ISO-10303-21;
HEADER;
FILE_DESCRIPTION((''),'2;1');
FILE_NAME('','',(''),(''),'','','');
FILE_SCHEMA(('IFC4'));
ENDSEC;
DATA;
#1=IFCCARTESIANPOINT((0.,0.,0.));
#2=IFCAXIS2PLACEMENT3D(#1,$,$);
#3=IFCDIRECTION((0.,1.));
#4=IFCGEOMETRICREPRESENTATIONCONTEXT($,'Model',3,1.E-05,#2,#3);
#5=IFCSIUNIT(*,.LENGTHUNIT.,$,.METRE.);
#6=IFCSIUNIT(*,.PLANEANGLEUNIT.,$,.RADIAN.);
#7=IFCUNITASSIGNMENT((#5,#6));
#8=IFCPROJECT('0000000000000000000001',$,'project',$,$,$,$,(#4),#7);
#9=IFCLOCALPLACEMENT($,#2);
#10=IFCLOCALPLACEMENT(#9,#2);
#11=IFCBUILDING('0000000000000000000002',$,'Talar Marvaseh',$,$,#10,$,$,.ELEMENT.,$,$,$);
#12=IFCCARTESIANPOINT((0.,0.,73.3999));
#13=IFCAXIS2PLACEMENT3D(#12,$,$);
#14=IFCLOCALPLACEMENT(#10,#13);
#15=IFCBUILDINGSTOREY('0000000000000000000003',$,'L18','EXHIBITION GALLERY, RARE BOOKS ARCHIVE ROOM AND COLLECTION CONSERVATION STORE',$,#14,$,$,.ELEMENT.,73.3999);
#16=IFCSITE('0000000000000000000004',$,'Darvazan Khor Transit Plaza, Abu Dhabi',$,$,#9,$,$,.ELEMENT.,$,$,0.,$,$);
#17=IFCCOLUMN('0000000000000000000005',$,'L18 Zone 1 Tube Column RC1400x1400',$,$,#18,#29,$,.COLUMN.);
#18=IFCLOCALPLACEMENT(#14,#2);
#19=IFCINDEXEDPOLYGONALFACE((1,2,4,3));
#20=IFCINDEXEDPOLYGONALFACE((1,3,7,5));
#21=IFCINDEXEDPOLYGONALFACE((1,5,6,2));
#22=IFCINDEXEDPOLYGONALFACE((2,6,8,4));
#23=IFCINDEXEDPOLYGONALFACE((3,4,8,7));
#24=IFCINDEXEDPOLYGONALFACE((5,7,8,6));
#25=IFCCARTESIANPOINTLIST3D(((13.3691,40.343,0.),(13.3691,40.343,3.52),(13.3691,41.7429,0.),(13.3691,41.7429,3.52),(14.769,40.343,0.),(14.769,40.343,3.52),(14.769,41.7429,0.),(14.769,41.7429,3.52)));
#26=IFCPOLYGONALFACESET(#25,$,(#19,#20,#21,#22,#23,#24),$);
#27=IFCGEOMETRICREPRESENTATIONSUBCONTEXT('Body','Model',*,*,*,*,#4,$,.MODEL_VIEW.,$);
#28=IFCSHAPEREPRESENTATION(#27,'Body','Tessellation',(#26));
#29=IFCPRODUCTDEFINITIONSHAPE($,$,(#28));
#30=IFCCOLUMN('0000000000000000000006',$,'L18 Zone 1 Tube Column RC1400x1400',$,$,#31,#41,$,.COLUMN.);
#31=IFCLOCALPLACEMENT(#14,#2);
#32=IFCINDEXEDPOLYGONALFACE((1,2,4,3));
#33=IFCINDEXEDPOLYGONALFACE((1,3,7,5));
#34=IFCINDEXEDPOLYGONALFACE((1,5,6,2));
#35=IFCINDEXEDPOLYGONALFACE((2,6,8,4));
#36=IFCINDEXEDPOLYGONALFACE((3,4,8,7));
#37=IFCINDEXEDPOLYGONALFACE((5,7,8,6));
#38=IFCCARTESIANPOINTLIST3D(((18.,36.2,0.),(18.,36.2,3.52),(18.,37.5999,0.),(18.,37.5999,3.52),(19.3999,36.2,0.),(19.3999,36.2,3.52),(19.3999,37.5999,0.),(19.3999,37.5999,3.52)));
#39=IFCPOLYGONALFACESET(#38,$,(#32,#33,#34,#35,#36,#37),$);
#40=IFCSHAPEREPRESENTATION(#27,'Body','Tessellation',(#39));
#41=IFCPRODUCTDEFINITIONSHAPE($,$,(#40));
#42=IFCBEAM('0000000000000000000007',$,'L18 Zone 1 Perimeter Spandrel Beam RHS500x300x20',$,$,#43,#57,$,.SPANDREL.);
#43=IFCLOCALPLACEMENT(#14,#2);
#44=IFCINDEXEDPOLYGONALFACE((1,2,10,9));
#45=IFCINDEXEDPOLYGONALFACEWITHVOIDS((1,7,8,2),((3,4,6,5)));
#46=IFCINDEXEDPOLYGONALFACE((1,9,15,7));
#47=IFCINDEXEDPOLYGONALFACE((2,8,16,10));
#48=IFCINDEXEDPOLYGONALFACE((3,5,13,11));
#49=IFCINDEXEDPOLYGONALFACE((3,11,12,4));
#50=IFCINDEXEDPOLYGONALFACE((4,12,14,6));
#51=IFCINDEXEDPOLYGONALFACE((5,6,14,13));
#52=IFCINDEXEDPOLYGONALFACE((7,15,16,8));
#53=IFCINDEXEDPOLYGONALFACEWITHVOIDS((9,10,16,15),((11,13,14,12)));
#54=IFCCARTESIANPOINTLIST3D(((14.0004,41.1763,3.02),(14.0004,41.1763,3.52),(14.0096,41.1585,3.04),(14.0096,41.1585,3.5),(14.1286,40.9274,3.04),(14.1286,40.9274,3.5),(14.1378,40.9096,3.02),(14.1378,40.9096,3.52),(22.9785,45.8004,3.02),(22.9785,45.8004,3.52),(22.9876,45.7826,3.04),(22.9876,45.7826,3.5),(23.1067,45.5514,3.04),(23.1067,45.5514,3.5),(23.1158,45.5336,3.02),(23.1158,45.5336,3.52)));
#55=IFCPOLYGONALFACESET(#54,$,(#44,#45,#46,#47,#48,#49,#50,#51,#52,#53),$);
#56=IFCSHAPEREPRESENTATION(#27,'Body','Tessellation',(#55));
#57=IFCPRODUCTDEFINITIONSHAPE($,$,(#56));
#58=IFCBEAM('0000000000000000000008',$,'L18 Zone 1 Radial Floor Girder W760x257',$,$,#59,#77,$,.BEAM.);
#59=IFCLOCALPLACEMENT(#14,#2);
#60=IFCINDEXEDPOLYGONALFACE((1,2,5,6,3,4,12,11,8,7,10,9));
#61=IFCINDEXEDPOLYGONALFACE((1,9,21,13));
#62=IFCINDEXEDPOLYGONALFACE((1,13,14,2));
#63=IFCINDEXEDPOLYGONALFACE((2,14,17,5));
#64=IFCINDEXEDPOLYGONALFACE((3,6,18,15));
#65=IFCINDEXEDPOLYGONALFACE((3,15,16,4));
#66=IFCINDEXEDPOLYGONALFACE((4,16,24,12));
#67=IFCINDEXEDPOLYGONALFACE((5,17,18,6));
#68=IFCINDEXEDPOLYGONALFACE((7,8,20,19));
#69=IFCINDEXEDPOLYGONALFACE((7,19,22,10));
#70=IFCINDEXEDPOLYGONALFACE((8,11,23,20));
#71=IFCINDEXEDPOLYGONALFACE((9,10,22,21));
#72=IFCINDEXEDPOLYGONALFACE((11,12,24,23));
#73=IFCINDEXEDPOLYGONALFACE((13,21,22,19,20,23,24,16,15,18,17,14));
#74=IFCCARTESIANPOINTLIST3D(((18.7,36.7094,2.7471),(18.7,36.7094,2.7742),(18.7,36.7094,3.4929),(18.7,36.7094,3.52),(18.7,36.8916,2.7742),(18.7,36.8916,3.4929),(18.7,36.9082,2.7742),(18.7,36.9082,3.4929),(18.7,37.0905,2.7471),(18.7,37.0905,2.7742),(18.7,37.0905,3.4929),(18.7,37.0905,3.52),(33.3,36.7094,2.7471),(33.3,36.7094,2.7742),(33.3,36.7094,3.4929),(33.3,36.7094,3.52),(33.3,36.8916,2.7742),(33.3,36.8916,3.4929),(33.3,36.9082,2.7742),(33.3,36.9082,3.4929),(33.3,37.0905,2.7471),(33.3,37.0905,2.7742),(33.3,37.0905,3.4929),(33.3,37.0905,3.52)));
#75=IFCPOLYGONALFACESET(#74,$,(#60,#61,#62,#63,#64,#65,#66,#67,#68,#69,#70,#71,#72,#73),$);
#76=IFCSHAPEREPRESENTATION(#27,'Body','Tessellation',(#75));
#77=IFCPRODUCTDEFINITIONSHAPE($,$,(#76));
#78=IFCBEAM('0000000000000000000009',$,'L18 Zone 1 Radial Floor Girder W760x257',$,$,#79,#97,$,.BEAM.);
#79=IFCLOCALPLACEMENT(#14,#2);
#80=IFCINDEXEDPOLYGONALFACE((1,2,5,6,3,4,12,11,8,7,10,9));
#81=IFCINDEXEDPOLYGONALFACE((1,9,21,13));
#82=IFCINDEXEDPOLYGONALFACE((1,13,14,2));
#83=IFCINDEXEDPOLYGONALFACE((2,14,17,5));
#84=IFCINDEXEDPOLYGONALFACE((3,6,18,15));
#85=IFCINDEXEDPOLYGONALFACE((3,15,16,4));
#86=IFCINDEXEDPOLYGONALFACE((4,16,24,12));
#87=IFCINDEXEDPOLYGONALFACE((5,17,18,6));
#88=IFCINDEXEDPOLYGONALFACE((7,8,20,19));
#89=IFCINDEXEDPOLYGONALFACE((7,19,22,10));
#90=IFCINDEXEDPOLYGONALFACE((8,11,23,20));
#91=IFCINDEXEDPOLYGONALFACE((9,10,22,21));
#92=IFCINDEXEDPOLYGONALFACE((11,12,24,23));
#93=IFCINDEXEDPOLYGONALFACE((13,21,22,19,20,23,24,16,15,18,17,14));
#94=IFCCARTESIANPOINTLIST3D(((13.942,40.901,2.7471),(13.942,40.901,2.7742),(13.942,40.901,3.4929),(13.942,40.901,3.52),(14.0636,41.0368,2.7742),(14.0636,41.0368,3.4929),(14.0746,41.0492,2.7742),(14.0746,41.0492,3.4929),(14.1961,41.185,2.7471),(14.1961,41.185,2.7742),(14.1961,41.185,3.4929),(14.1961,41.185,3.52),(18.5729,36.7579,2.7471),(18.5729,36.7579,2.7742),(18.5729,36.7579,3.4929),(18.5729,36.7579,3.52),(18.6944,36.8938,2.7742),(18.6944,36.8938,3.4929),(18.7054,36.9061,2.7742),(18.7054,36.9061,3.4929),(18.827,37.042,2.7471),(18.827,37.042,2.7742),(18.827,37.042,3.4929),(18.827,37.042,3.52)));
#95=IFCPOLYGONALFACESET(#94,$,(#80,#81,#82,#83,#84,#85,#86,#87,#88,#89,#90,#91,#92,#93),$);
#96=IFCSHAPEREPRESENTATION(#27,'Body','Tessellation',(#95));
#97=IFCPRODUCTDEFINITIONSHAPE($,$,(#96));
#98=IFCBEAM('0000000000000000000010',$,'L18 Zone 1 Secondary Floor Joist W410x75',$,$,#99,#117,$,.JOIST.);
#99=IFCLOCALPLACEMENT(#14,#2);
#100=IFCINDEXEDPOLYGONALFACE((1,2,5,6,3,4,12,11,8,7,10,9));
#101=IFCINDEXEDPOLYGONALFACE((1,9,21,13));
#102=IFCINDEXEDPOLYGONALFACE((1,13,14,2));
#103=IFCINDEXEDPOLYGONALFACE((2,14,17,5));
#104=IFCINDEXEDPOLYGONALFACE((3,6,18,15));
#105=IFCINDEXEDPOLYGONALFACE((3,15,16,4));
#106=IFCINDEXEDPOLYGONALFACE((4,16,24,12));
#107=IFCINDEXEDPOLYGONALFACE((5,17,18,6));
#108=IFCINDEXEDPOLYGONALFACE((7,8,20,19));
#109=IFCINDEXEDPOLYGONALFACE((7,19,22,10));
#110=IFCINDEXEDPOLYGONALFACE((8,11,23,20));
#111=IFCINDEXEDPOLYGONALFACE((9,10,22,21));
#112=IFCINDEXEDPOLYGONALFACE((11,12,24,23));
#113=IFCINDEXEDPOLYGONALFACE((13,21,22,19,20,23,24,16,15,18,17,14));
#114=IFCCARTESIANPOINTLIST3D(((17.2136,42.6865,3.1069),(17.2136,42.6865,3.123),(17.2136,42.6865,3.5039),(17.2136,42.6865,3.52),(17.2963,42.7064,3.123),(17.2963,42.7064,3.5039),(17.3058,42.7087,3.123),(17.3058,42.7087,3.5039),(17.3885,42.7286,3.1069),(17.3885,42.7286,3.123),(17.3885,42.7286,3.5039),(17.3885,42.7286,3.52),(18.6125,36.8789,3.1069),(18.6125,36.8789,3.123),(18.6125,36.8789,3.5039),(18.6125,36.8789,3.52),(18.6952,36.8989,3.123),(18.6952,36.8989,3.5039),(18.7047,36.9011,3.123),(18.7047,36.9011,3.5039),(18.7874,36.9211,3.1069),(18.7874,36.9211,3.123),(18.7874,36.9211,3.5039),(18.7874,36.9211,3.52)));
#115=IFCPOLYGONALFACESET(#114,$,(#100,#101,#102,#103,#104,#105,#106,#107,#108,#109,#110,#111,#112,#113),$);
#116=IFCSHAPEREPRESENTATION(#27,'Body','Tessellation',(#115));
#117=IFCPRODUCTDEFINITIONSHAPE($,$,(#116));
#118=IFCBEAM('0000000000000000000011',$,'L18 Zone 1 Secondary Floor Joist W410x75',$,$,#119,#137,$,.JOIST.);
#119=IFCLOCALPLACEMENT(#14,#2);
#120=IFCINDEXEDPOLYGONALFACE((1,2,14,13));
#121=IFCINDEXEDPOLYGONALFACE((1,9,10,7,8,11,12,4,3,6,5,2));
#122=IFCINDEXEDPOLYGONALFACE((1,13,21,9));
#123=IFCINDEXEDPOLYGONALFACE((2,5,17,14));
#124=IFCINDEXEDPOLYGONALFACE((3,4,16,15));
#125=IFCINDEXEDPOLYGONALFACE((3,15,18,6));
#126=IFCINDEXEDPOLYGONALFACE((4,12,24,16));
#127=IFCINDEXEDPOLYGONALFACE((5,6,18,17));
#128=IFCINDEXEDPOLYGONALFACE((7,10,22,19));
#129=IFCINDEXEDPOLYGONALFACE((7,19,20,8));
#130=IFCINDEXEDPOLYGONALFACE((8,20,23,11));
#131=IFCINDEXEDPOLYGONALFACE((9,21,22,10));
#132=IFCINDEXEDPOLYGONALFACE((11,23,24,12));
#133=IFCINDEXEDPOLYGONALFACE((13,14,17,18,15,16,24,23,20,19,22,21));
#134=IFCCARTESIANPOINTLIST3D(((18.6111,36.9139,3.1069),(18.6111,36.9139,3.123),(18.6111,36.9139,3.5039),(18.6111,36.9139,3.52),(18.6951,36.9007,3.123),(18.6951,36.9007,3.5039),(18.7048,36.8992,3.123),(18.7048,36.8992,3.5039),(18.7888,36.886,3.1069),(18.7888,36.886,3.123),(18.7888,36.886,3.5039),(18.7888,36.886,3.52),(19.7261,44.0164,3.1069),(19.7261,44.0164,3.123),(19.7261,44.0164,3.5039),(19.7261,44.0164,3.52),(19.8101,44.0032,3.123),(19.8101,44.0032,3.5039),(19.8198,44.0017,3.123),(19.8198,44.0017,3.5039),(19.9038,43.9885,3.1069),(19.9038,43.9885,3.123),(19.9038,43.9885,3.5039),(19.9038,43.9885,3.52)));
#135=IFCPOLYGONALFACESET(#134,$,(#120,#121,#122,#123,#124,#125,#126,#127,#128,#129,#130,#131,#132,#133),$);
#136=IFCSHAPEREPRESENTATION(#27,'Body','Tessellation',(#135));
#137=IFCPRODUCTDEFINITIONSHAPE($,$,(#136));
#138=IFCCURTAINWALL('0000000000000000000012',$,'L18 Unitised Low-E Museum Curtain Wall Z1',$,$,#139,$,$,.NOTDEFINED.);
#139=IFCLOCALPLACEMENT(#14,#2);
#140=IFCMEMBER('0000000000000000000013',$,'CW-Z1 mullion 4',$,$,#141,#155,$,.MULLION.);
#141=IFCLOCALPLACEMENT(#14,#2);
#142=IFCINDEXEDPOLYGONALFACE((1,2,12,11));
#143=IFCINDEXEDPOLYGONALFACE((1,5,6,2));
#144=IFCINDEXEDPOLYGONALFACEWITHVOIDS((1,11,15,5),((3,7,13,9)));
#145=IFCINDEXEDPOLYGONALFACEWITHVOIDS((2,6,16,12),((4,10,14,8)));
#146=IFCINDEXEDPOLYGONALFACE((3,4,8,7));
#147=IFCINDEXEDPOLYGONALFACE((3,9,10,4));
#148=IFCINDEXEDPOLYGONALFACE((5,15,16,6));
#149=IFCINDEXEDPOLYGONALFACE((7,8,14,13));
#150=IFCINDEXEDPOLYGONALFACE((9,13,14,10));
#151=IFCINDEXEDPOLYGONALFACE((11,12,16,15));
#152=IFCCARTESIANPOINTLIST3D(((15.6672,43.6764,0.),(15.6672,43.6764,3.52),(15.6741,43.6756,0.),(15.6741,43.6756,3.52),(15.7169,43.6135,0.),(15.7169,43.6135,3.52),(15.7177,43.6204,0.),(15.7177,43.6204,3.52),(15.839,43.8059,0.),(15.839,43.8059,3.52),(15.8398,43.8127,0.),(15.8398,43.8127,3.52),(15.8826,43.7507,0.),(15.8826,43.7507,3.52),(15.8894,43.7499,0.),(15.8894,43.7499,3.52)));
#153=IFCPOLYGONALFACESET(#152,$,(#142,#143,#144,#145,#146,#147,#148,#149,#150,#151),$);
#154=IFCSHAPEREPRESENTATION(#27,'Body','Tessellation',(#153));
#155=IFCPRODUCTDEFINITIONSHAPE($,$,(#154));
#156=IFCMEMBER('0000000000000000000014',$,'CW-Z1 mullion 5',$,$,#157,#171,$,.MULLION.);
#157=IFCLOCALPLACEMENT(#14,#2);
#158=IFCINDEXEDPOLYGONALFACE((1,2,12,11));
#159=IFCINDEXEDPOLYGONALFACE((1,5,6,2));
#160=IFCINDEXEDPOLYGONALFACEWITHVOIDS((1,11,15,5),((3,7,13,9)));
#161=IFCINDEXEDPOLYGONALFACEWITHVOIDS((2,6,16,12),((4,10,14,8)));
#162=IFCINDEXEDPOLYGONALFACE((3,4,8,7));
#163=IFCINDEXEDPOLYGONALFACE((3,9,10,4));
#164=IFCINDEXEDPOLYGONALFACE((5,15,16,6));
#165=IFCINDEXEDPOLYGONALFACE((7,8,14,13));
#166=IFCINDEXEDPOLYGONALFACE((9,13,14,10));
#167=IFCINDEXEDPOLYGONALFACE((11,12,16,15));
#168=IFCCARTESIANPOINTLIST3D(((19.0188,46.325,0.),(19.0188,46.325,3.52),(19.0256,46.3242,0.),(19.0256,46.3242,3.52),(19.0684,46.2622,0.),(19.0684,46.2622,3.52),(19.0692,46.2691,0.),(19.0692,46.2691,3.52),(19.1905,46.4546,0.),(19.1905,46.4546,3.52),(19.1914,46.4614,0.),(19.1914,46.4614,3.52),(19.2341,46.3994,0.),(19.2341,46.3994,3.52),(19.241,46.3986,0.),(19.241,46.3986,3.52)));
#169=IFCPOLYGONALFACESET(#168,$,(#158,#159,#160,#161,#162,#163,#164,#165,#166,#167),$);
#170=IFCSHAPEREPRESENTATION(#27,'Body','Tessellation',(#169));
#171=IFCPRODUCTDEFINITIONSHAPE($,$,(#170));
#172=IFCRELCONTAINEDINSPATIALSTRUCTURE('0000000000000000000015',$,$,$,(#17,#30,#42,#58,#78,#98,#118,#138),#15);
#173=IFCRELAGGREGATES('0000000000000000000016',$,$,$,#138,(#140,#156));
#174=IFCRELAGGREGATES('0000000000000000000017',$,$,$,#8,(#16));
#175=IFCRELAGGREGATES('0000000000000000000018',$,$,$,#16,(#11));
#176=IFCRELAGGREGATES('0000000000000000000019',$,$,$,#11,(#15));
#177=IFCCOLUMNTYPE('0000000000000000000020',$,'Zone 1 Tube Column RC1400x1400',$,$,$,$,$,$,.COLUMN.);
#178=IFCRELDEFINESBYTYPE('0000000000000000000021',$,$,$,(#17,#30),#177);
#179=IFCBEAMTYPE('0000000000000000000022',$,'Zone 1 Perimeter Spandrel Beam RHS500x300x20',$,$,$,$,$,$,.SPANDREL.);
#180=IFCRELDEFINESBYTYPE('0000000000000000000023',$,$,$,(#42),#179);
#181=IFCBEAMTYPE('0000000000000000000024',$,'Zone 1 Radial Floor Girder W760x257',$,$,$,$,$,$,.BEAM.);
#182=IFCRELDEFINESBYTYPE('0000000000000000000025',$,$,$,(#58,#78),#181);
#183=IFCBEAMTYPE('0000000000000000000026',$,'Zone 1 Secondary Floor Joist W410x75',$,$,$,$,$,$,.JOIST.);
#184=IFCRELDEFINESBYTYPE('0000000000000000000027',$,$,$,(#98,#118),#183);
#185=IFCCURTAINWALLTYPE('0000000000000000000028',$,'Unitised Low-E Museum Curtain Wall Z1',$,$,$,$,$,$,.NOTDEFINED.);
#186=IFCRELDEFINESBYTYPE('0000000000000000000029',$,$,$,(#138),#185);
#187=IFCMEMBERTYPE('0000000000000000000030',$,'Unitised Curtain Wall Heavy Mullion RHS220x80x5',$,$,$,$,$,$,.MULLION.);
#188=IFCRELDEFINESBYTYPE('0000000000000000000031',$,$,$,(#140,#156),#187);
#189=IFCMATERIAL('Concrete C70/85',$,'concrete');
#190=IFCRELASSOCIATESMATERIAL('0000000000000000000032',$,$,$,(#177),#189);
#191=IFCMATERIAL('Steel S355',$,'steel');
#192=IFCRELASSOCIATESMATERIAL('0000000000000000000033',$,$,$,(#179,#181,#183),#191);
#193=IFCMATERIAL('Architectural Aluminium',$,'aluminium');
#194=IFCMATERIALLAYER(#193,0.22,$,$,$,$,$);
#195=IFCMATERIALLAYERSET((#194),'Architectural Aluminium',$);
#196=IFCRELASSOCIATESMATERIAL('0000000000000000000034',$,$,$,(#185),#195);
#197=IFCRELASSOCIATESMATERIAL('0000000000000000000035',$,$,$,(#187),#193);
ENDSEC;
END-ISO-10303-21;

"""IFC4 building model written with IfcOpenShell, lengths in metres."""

from ifc_helpers import new_model, si_unit, direction, frame, origin, origin_2d, place, context, subcontext, project, spatial, rectangle, hollow_rectangle, i_section, extrude, source, transform, mapped, material, layer, layer_set, material_profile, profile_set, type_object, type_shapes, element, aggregate, save


model = new_model("IFC4")

# Units and contexts
model_context = context("Model", 3, precision=1e-05, world=origin(), true_north=direction((0.0, 1.0)))
body_context = subcontext(model_context, "Body", "Model", "MODEL_VIEW")
ifc_project = project(units=[si_unit("LENGTHUNIT", "METRE"), si_unit("PLANEANGLEUNIT", "RADIAN")], contexts=[model_context])

# Site, building, storey
site_placement = place(None, origin())
site = spatial("IfcSite", under=ifc_project, at=site_placement, Name="Darvazan Khor Transit Plaza, Abu Dhabi", CompositionType="ELEMENT", RefElevation=0.0)
building_placement = place(site_placement, origin())
building = spatial("IfcBuilding", under=site, at=building_placement, Name="Talar Marvaseh", CompositionType="ELEMENT")
storey_placement = place(building_placement, frame((0.0, 0.0, 73.3999)))
storey = spatial("IfcBuildingStorey", under=building, at=storey_placement, Name="L18", Description="EXHIBITION GALLERY, RARE BOOKS ARCHIVE ROOM AND COLLECTION CONSERVATION STORE", CompositionType="ELEMENT", Elevation=73.3999)

# Columns
ifc_material_1 = material(Name="Concrete C70/85", Category="concrete")
ifc_material_profile_1 = material_profile(ifc_material_1, rectangle(XDim=1.3999, YDim=1.3999, at=origin_2d()), Name="RC1400x1400")
ifc_profile_set_1 = profile_set([ifc_material_profile_1], Name="Concrete C70/85")
column_type = type_object("IfcColumnType", Name="Zone 1 Tube Column RC1400x1400", PredefinedType="COLUMN", material=ifc_profile_set_1)
for number, where, z_axis, x_axis, name in (
    (1, (14.0691, 41.043, 0.0), (0.0, 0.0, 1.0), (1.0, 0.0, 0.0), "L18 Zone 1 Tube Column RC1400x1400"),
    (2, (18.7, 36.8999, 0.0), (0.0, 0.0, 1.0), (1.0, 0.0, 0.0), "L18 Zone 1 Tube Column RC1400x1400"),
):
    element("IfcColumn", number, at=place(storey_placement, frame(where, z_axis=z_axis, x_axis=x_axis)), inside=storey, type_object=column_type, Name=name, PredefinedType="COLUMN", context=body_context, shape_type="SweptSolid", body=[
        extrude(rectangle(XDim=1.3999, YDim=1.3999, at=origin_2d()), origin(), (0.0, 0.0, 1.0), 3.52),
    ])

# Beams
ifc_material_2 = material(Name="Steel S355", Category="steel")
ifc_material_profile_2 = material_profile(ifc_material_2, hollow_rectangle(XDim=0.3, YDim=0.5, WallThickness=0.02, at=origin_2d()), Name="RHS500x300x20")
ifc_profile_set_2 = profile_set([ifc_material_profile_2], Name="Steel S355")
beam_type_1 = type_object("IfcBeamType", Name="Zone 1 Perimeter Spandrel Beam RHS500x300x20", PredefinedType="SPANDREL", material=ifc_profile_set_2)
beam_1_placement = place(storey_placement, frame((14.0691, 41.043, 3.27), z_axis=(0.889016, 0.457877, 0.0), x_axis=(-0.457877, 0.889016, 0.0)))
element("IfcBeam", 3, at=beam_1_placement, inside=storey, type_object=beam_type_1, Name="L18 Zone 1 Perimeter Spandrel Beam RHS500x300x20", PredefinedType="SPANDREL", context=body_context, shape_type="SweptSolid", body=[
    extrude(hollow_rectangle(XDim=0.3, YDim=0.5, WallThickness=0.02, at=origin_2d()), origin(), (0.0, 0.0, 1.0), 10.0989),
])
ifc_material_profile_3 = material_profile(ifc_material_2, i_section(OverallWidth=0.3811, OverallDepth=0.7729, WebThickness=0.0166, FlangeThickness=0.0271, at=origin_2d()), Name="W760x257")
ifc_profile_set_3 = profile_set([ifc_material_profile_3], Name="Steel S355")
beam_type_2 = type_object("IfcBeamType", Name="Zone 1 Radial Floor Girder W760x257", PredefinedType="BEAM", material=ifc_profile_set_3)
beam_2_placement = place(storey_placement, frame((18.7, 36.8999, 3.1335), z_axis=(1.0, 0.0, 0.0), x_axis=(0.0, 1.0, 0.0)))
element("IfcBeam", 4, at=beam_2_placement, inside=storey, type_object=beam_type_2, Name="L18 Zone 1 Radial Floor Girder W760x257", PredefinedType="BEAM", context=body_context, shape_type="SweptSolid", body=[
    extrude(i_section(OverallWidth=0.3811, OverallDepth=0.7729, WebThickness=0.0166, FlangeThickness=0.0271, at=origin_2d()), origin(), (0.0, 0.0, 1.0), 14.6001),
])
beam_3_placement = place(storey_placement, frame((14.0691, 41.043, 3.1335), z_axis=(0.745268, -0.666765, 0.0), x_axis=(0.666765, 0.745268, 0.0)))
element("IfcBeam", 5, at=beam_3_placement, inside=storey, type_object=beam_type_2, Name="L18 Zone 1 Radial Floor Girder W760x257", PredefinedType="BEAM", context=body_context, shape_type="SweptSolid", body=[
    extrude(i_section(OverallWidth=0.3811, OverallDepth=0.7729, WebThickness=0.0166, FlangeThickness=0.0271, at=origin_2d()), origin(), (0.0, 0.0, 1.0), 6.2136),
])
ifc_material_profile_4 = material_profile(ifc_material_2, i_section(OverallWidth=0.1799, OverallDepth=0.4131, WebThickness=0.0098, FlangeThickness=0.0161, at=origin_2d()), Name="W410x75")
ifc_profile_set_4 = profile_set([ifc_material_profile_4], Name="Steel S355")
beam_type_3 = type_object("IfcBeamType", Name="Zone 1 Secondary Floor Joist W410x75", PredefinedType="JOIST", material=ifc_profile_set_4)
beam_4_placement = place(storey_placement, frame((17.301, 42.7075, 3.3135), z_axis=(0.23418, -0.972193, 0.0), x_axis=(0.972193, 0.23418, 0.0)))
element("IfcBeam", 6, at=beam_4_placement, inside=storey, type_object=beam_type_3, Name="L18 Zone 1 Secondary Floor Joist W410x75", PredefinedType="JOIST", context=body_context, shape_type="SweptSolid", body=[
    extrude(i_section(OverallWidth=0.1799, OverallDepth=0.4131, WebThickness=0.0098, FlangeThickness=0.0161, at=origin_2d()), origin(), (0.0, 0.0, 1.0), 5.9736),
])
beam_5_placement = place(storey_placement, frame((19.8149, 44.0024, 3.3135), z_axis=(-0.155085, -0.987901, 0.0), x_axis=(0.987901, -0.155085, 0.0)))
element("IfcBeam", 7, at=beam_5_placement, inside=storey, type_object=beam_type_3, Name="L18 Zone 1 Secondary Floor Joist W410x75", PredefinedType="JOIST", context=body_context, shape_type="SweptSolid", body=[
    extrude(i_section(OverallWidth=0.1799, OverallDepth=0.4131, WebThickness=0.0098, FlangeThickness=0.0161, at=origin_2d()), origin(), (0.0, 0.0, 1.0), 7.1895),
])

# Curtain wall, members
ifc_material_3 = material(Name="Architectural Aluminium", Category="aluminium")
ifc_layer_1 = layer(ifc_material_3, 0.22)
ifc_layer_set_1 = layer_set([ifc_layer_1], Name="Architectural Aluminium")
curtain_wall_type = type_object("IfcCurtainWallType", Name="Unitised Low-E Museum Curtain Wall Z1", PredefinedType="NOTDEFINED", material=ifc_layer_set_1)
curtain_wall_placement = place(storey_placement, origin())
curtain_wall = element("IfcCurtainWall", 8, at=curtain_wall_placement, inside=storey, type_object=curtain_wall_type, Name="L18 Unitised Low-E Museum Curtain Wall Z1", PredefinedType="NOTDEFINED")
ifc_material_profile_5 = material_profile(ifc_material_3, hollow_rectangle(XDim=0.0801, YDim=0.22, WallThickness=0.0049, at=origin_2d()), Name="RHS220x80x5")
ifc_profile_set_5 = profile_set([ifc_material_profile_5], Name="Architectural Aluminium")
member_type_1 = type_object("IfcMemberType", Name="Unitised Curtain Wall Heavy Mullion RHS220x80x5", PredefinedType="MULLION", material=ifc_profile_set_5)
shared_shape_1 = source(origin(), body_context, "Body", "SweptSolid", [
    extrude(hollow_rectangle(XDim=0.0801, YDim=0.22, WallThickness=0.0049, at=origin_2d()), origin(), (0.0, 0.0, 1.0), 3.52),
])
type_shapes(member_type_1, [shared_shape_1])
member_1_placement = place(storey_placement, frame((15.7783, 43.7131, 0.0), z_axis=(0.0, 0.0, 1.0), x_axis=(-0.620022, 0.784584, 0.0)))
member_1 = element("IfcMember", 9, at=member_1_placement, type_object=member_type_1, Name="CW-Z1 mullion 4", PredefinedType="MULLION", context=body_context, shape_type="MappedRepresentation", body=[
    mapped(shared_shape_1, transform((0.0, 0.0, 0.0), x_axis=(1.0, 0.0, 0.0), y_axis=(0.0, 1.0, 0.0), z_axis=(0.0, 0.0, 1.0), scale=1.0)),
])
member_2_placement = place(storey_placement, frame((19.1299, 46.3618, 0.0), z_axis=(0.0, 0.0, 1.0), x_axis=(-0.620022, 0.784584, 0.0)))
member_2 = element("IfcMember", 10, at=member_2_placement, type_object=member_type_1, Name="CW-Z1 mullion 5", PredefinedType="MULLION", context=body_context, shape_type="MappedRepresentation", body=[
    mapped(shared_shape_1, transform((0.0, 0.0, 0.0), x_axis=(1.0, 0.0, 0.0), y_axis=(0.0, 1.0, 0.0), z_axis=(0.0, 0.0, 1.0), scale=1.0)),
])
aggregate(curtain_wall, [member_1, member_2])

save(model, "model.ifc")
